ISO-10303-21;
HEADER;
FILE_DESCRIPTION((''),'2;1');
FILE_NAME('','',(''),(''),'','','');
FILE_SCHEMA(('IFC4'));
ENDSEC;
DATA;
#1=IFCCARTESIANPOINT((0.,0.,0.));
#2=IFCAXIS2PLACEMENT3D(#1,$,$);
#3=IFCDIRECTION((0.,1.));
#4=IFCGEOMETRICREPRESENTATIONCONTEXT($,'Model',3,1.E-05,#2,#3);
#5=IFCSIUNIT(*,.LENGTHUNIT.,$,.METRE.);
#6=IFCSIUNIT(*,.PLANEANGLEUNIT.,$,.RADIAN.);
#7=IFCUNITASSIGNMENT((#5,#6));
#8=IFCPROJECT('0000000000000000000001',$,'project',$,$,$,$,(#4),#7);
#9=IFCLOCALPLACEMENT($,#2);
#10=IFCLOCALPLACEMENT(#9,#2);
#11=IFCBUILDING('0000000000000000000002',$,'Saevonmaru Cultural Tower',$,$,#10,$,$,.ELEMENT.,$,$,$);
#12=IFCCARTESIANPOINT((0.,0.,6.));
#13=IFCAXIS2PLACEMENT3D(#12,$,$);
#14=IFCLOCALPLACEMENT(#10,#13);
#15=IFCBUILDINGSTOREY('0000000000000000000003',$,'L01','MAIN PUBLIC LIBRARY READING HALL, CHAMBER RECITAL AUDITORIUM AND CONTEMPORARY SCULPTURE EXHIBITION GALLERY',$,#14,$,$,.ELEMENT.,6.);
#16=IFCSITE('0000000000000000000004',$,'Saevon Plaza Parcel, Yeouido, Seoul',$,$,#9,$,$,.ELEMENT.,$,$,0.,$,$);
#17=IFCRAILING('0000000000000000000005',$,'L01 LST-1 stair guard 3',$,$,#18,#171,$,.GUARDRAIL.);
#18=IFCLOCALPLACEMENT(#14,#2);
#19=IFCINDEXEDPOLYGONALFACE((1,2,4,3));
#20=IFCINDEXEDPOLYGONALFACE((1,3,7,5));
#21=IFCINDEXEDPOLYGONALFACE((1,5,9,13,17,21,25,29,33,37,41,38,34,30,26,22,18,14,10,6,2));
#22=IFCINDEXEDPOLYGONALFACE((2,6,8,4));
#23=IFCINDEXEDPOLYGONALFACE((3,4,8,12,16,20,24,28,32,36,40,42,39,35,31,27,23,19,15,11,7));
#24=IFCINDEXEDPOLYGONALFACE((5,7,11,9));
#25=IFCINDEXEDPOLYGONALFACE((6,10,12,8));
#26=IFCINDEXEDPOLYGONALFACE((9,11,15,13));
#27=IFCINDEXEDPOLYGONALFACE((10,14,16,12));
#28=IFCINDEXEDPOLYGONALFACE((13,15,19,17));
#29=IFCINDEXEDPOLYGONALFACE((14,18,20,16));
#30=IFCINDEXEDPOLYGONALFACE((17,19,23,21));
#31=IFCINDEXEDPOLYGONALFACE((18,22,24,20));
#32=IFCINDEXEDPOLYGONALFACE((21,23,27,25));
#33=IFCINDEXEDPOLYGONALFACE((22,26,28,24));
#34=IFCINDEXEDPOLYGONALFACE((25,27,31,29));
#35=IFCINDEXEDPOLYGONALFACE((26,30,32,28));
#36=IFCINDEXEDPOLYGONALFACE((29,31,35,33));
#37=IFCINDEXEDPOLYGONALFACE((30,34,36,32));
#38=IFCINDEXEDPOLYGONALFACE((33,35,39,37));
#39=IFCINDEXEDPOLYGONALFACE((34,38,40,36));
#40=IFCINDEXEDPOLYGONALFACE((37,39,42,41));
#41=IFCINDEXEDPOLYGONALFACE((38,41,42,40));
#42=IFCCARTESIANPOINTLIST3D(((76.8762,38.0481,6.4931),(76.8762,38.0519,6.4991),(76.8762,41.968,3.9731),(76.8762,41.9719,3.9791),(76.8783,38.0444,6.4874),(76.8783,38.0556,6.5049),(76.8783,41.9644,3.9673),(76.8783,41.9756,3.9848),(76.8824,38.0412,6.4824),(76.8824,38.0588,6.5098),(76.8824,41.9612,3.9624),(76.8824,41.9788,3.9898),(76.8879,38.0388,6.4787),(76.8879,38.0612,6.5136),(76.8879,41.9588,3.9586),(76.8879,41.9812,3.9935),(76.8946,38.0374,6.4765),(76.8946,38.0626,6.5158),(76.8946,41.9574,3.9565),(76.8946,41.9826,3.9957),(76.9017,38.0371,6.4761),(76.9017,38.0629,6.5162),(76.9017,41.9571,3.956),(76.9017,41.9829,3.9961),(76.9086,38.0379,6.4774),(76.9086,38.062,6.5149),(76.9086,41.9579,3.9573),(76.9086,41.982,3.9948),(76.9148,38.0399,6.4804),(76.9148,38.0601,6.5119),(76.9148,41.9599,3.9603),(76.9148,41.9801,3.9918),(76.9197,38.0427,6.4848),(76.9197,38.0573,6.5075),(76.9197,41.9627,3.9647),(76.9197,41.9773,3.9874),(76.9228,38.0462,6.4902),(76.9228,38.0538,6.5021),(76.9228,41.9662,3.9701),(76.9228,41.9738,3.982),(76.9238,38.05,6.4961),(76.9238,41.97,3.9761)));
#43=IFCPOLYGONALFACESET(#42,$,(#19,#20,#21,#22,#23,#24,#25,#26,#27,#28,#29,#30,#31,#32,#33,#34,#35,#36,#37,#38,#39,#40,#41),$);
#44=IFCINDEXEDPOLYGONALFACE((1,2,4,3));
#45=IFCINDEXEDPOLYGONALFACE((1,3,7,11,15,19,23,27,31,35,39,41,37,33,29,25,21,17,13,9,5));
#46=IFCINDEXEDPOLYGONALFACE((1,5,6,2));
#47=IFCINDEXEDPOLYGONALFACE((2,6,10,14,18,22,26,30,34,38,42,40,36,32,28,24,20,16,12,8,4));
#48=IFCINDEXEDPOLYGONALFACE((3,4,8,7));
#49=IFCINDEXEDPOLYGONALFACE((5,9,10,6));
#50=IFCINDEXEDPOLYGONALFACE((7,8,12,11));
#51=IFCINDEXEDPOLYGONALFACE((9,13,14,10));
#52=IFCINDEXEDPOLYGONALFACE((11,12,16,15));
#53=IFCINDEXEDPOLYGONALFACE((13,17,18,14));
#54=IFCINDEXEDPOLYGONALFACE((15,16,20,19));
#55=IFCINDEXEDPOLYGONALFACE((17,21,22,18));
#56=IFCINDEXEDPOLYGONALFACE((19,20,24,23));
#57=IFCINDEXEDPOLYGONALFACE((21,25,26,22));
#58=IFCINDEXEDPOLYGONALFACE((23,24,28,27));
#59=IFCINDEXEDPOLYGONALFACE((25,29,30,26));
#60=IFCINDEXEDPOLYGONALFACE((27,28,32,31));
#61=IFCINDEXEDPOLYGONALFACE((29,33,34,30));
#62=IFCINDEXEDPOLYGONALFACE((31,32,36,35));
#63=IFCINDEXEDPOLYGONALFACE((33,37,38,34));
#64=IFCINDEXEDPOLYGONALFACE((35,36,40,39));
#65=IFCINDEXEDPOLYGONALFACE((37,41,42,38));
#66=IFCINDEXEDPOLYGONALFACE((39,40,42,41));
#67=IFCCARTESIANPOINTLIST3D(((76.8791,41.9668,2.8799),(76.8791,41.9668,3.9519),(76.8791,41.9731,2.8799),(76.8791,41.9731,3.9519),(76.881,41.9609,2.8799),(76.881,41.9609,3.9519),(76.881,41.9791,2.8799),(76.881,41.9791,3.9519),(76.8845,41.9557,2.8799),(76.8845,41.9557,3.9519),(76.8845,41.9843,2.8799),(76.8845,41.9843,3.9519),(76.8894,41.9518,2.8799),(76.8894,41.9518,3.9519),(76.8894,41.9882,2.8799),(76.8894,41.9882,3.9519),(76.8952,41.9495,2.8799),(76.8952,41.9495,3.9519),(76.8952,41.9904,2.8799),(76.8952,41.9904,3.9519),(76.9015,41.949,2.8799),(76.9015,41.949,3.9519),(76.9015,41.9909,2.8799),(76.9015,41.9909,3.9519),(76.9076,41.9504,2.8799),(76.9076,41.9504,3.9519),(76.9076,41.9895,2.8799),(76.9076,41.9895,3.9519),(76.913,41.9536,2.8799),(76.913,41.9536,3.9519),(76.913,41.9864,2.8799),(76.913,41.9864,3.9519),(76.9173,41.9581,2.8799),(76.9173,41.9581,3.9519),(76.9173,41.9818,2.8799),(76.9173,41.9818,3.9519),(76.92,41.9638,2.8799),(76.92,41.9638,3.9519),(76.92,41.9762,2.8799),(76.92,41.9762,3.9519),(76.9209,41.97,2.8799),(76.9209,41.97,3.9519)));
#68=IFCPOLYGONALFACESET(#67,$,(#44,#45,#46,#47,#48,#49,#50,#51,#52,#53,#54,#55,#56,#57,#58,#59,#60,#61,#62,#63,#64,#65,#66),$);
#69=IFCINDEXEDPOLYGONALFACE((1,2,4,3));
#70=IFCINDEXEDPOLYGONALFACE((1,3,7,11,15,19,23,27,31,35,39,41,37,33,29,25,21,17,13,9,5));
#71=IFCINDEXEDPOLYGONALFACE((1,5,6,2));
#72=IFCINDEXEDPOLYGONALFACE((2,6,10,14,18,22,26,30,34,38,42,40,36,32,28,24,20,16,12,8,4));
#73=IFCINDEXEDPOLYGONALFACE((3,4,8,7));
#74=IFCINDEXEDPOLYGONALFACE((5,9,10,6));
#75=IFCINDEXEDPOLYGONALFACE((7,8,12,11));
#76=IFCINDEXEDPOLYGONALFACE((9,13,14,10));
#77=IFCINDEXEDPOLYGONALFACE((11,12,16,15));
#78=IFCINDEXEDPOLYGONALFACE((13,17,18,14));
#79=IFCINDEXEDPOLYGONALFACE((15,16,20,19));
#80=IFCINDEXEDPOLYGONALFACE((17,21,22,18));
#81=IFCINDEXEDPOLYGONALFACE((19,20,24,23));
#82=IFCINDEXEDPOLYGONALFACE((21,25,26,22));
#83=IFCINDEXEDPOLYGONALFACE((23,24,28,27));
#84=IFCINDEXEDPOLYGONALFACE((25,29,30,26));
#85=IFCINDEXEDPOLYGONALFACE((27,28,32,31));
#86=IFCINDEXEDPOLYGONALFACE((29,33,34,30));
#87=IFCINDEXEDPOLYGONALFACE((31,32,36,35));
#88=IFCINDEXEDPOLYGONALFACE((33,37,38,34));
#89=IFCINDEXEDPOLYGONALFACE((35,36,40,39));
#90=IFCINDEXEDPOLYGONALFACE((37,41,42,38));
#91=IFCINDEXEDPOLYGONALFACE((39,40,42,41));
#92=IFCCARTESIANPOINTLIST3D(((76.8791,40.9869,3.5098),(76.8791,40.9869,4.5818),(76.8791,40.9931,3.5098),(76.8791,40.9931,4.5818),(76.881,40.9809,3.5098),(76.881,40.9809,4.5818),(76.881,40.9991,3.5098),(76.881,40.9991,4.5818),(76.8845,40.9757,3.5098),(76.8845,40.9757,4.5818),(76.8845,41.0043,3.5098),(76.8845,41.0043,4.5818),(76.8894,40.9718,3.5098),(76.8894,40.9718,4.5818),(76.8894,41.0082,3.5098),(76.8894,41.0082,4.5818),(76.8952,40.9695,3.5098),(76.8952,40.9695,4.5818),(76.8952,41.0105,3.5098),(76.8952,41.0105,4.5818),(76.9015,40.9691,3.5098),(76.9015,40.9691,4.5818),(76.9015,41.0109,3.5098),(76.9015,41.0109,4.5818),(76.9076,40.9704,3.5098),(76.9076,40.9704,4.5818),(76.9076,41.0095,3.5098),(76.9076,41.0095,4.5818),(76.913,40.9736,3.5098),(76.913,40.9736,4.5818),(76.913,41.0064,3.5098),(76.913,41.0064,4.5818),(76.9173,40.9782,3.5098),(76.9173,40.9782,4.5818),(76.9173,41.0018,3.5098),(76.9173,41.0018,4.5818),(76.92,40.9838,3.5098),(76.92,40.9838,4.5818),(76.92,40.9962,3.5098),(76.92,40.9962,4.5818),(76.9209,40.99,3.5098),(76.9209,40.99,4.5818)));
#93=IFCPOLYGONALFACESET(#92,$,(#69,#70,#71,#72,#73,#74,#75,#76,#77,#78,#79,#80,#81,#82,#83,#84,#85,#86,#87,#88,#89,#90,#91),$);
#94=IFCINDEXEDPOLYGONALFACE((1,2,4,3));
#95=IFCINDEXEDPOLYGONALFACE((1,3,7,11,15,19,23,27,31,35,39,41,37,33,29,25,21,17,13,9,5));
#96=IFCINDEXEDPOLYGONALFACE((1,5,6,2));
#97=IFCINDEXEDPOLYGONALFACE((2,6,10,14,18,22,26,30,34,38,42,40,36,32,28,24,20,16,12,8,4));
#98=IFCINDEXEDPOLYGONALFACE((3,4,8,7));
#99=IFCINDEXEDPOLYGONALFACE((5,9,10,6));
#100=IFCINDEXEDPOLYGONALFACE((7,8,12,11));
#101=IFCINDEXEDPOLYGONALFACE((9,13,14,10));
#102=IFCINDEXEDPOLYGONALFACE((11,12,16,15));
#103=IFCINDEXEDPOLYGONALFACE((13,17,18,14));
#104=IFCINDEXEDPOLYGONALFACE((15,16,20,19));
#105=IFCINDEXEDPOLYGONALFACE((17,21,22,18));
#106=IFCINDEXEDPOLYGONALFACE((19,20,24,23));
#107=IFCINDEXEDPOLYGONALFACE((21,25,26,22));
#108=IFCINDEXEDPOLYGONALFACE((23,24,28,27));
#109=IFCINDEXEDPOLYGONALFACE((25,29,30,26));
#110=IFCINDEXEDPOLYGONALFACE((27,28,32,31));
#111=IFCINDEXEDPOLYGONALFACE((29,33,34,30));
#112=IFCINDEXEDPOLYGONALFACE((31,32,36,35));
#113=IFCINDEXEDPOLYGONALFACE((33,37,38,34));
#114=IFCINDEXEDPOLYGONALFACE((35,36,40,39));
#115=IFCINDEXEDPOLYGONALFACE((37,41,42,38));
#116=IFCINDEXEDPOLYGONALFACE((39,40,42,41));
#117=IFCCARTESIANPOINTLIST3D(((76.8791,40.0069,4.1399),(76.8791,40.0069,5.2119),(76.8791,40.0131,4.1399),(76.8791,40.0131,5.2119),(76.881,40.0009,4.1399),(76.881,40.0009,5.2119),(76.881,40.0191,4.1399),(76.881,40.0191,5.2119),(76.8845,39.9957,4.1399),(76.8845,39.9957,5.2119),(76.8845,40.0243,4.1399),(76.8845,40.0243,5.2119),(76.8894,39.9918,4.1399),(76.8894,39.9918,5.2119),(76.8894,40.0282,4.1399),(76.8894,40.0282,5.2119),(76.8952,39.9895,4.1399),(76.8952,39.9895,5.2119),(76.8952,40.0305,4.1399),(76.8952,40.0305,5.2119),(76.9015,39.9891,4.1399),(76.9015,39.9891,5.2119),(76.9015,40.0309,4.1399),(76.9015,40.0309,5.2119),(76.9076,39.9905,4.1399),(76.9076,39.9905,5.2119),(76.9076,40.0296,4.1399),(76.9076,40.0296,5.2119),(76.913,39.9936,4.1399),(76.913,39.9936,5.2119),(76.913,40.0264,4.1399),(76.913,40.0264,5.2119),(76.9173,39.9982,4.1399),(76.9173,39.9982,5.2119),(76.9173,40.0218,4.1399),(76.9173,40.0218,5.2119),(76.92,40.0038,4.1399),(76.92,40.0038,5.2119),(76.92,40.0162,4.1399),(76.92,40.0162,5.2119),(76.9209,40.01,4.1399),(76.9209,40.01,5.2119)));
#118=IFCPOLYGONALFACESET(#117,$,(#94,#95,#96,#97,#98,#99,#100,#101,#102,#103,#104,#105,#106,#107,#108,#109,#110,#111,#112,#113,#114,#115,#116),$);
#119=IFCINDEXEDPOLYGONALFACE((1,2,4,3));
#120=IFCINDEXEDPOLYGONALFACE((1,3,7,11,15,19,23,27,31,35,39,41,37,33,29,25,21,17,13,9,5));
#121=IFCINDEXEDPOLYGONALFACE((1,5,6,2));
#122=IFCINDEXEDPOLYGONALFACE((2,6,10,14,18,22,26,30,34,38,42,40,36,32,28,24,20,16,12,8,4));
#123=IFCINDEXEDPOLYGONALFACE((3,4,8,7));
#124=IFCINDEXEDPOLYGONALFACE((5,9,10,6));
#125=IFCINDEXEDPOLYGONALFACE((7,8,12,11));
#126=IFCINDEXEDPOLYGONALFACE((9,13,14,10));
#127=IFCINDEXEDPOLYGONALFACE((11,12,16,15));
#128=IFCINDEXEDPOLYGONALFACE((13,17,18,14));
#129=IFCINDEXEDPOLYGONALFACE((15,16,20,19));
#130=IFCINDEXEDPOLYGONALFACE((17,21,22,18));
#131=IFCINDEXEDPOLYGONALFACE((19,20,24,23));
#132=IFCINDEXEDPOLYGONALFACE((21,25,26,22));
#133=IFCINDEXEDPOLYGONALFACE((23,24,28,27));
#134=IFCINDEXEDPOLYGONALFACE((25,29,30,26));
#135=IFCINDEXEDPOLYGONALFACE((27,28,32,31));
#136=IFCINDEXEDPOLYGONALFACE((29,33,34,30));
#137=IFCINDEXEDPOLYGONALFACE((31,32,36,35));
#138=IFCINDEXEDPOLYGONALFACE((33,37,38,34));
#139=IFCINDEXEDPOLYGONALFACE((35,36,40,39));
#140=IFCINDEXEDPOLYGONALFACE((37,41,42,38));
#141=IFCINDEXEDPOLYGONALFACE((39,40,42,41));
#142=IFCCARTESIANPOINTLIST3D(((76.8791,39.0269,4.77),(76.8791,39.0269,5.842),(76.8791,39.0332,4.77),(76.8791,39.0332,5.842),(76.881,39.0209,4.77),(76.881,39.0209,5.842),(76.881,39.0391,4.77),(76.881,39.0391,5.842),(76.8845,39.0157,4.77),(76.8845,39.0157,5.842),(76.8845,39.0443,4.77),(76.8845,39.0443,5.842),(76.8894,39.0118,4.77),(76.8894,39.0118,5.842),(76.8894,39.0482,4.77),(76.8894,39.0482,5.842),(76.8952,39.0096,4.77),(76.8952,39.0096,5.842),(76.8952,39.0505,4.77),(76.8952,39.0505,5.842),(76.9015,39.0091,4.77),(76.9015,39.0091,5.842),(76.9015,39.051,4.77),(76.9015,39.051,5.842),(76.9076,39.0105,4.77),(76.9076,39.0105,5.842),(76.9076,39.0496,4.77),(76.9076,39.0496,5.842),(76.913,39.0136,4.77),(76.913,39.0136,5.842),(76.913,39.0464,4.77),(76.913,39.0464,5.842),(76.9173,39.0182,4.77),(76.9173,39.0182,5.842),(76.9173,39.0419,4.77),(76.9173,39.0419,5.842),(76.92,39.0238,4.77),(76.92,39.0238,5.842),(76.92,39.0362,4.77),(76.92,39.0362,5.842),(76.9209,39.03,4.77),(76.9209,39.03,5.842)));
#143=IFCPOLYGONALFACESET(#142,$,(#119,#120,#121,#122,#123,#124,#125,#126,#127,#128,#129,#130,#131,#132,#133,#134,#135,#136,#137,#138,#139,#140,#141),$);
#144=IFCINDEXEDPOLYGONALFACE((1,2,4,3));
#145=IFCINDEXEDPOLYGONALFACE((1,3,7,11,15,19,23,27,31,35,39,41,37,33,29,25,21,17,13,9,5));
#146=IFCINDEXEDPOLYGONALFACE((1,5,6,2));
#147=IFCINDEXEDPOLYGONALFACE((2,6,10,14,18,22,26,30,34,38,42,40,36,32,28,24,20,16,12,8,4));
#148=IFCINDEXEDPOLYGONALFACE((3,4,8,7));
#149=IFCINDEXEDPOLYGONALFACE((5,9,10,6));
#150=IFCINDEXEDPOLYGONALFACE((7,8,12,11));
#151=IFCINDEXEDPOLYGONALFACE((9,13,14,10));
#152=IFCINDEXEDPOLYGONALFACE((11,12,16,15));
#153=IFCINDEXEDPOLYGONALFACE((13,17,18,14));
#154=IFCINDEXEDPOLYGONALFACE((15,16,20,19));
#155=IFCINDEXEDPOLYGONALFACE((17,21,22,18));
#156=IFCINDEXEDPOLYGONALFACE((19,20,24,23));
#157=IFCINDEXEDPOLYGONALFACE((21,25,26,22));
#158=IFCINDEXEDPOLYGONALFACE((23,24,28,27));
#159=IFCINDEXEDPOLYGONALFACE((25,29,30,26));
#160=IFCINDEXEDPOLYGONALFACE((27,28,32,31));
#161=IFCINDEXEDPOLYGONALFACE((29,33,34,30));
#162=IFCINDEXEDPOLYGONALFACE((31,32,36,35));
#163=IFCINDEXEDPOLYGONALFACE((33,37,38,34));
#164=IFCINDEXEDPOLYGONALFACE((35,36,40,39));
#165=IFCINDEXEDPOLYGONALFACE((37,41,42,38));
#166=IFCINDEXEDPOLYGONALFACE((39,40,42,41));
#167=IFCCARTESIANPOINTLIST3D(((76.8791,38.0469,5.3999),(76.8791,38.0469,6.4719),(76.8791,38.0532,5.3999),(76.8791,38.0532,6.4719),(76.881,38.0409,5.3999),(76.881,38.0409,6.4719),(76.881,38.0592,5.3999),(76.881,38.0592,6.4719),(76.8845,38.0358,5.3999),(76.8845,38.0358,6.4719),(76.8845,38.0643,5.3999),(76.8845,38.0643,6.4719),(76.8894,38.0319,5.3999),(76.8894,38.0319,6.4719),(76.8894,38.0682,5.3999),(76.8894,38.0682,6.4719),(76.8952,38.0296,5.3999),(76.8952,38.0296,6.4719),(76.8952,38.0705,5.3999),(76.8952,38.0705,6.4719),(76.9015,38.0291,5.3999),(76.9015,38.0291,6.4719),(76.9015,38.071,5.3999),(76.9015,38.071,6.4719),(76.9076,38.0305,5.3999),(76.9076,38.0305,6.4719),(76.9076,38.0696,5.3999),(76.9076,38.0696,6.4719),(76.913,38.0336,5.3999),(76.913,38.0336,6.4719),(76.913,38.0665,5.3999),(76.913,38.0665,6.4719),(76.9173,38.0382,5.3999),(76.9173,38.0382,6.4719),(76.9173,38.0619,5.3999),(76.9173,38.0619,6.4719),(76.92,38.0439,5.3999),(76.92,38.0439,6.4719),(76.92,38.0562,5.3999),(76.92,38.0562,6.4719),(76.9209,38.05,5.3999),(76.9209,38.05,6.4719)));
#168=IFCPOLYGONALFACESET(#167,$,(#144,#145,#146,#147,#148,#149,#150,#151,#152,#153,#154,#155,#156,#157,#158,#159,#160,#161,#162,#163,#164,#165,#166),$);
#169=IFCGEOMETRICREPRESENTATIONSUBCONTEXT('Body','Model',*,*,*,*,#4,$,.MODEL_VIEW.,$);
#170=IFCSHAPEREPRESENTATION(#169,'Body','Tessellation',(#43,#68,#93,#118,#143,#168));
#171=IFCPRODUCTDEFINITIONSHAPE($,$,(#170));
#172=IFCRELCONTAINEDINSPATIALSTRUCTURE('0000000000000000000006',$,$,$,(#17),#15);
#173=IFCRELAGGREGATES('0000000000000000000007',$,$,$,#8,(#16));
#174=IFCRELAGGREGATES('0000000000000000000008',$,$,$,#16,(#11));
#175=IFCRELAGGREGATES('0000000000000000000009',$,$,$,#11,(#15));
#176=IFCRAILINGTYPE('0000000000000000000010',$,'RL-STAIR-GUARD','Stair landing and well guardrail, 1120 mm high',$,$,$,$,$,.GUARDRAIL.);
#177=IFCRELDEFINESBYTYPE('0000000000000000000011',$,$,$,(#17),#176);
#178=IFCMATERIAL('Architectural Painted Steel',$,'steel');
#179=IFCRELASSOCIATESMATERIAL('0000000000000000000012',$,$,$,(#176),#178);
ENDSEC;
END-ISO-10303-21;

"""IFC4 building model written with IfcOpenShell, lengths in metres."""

from ifc_helpers import new_model, si_unit, direction, frame, origin, origin_2d, place, context, subcontext, project, spatial, circle, extrude, material, type_object, element, save


model = new_model("IFC4")

# Units and contexts
model_context = context("Model", 3, precision=1e-05, world=origin(), true_north=direction((0.0, 1.0)))
body_context = subcontext(model_context, "Body", "Model", "MODEL_VIEW")
ifc_project = project(units=[si_unit("LENGTHUNIT", "METRE"), si_unit("PLANEANGLEUNIT", "RADIAN")], contexts=[model_context])

# Site, building, storey
site_placement = place(None, origin())
site = spatial("IfcSite", under=ifc_project, at=site_placement, Name="Saevon Plaza Parcel, Yeouido, Seoul", CompositionType="ELEMENT", RefElevation=0.0)
building_placement = place(site_placement, origin())
building = spatial("IfcBuilding", under=site, at=building_placement, Name="Saevonmaru Cultural Tower", CompositionType="ELEMENT")
storey_placement = place(building_placement, frame((0.0, 0.0, 6.0)))
storey = spatial("IfcBuildingStorey", under=building, at=storey_placement, Name="L01", Description="MAIN PUBLIC LIBRARY READING HALL, CHAMBER RECITAL AUDITORIUM AND CONTEMPORARY SCULPTURE EXHIBITION GALLERY", CompositionType="ELEMENT", Elevation=6.0)

# Railing
ifc_material_1 = material(Name="Architectural Painted Steel", Category="steel")
railing_type_1 = type_object("IfcRailingType", Name="RL-STAIR-GUARD", Description="Stair landing and well guardrail, 1120 mm high", PredefinedType="GUARDRAIL", material=ifc_material_1)
railing_1_placement = place(storey_placement, frame((76.8999, 41.97, 2.8799)))
element("IfcRailing", 1, at=railing_1_placement, inside=storey, type_object=railing_type_1, Name="L01 LST-1 stair guard 3", PredefinedType="GUARDRAIL", context=body_context, shape_type="SweptSolid", body=[
    extrude(circle(Radius=0.0239, at=origin_2d()), frame((0.0, 0.0, 1.0962), z_axis=(0.0, -0.841172, 0.540768), x_axis=(1.0, 0.0, 0.0)), (0.0, 0.0, 1.0), 4.6602),
    extrude(circle(Radius=0.021, at=origin_2d()), origin(), (0.0, 0.0, 1.0), 1.072),
    extrude(circle(Radius=0.021, at=origin_2d()), frame((0.0, -0.98, 0.6299)), (0.0, 0.0, 1.0), 1.072),
    extrude(circle(Radius=0.021, at=origin_2d()), frame((0.0, -1.96, 1.26)), (0.0, 0.0, 1.0), 1.072),
    extrude(circle(Radius=0.021, at=origin_2d()), frame((0.0, -2.9399, 1.8901)), (0.0, 0.0, 1.0), 1.072),
    extrude(circle(Radius=0.021, at=origin_2d()), frame((0.0, -3.9199, 2.52)), (0.0, 0.0, 1.0), 1.072),
])

save(model, "model.ifc")
